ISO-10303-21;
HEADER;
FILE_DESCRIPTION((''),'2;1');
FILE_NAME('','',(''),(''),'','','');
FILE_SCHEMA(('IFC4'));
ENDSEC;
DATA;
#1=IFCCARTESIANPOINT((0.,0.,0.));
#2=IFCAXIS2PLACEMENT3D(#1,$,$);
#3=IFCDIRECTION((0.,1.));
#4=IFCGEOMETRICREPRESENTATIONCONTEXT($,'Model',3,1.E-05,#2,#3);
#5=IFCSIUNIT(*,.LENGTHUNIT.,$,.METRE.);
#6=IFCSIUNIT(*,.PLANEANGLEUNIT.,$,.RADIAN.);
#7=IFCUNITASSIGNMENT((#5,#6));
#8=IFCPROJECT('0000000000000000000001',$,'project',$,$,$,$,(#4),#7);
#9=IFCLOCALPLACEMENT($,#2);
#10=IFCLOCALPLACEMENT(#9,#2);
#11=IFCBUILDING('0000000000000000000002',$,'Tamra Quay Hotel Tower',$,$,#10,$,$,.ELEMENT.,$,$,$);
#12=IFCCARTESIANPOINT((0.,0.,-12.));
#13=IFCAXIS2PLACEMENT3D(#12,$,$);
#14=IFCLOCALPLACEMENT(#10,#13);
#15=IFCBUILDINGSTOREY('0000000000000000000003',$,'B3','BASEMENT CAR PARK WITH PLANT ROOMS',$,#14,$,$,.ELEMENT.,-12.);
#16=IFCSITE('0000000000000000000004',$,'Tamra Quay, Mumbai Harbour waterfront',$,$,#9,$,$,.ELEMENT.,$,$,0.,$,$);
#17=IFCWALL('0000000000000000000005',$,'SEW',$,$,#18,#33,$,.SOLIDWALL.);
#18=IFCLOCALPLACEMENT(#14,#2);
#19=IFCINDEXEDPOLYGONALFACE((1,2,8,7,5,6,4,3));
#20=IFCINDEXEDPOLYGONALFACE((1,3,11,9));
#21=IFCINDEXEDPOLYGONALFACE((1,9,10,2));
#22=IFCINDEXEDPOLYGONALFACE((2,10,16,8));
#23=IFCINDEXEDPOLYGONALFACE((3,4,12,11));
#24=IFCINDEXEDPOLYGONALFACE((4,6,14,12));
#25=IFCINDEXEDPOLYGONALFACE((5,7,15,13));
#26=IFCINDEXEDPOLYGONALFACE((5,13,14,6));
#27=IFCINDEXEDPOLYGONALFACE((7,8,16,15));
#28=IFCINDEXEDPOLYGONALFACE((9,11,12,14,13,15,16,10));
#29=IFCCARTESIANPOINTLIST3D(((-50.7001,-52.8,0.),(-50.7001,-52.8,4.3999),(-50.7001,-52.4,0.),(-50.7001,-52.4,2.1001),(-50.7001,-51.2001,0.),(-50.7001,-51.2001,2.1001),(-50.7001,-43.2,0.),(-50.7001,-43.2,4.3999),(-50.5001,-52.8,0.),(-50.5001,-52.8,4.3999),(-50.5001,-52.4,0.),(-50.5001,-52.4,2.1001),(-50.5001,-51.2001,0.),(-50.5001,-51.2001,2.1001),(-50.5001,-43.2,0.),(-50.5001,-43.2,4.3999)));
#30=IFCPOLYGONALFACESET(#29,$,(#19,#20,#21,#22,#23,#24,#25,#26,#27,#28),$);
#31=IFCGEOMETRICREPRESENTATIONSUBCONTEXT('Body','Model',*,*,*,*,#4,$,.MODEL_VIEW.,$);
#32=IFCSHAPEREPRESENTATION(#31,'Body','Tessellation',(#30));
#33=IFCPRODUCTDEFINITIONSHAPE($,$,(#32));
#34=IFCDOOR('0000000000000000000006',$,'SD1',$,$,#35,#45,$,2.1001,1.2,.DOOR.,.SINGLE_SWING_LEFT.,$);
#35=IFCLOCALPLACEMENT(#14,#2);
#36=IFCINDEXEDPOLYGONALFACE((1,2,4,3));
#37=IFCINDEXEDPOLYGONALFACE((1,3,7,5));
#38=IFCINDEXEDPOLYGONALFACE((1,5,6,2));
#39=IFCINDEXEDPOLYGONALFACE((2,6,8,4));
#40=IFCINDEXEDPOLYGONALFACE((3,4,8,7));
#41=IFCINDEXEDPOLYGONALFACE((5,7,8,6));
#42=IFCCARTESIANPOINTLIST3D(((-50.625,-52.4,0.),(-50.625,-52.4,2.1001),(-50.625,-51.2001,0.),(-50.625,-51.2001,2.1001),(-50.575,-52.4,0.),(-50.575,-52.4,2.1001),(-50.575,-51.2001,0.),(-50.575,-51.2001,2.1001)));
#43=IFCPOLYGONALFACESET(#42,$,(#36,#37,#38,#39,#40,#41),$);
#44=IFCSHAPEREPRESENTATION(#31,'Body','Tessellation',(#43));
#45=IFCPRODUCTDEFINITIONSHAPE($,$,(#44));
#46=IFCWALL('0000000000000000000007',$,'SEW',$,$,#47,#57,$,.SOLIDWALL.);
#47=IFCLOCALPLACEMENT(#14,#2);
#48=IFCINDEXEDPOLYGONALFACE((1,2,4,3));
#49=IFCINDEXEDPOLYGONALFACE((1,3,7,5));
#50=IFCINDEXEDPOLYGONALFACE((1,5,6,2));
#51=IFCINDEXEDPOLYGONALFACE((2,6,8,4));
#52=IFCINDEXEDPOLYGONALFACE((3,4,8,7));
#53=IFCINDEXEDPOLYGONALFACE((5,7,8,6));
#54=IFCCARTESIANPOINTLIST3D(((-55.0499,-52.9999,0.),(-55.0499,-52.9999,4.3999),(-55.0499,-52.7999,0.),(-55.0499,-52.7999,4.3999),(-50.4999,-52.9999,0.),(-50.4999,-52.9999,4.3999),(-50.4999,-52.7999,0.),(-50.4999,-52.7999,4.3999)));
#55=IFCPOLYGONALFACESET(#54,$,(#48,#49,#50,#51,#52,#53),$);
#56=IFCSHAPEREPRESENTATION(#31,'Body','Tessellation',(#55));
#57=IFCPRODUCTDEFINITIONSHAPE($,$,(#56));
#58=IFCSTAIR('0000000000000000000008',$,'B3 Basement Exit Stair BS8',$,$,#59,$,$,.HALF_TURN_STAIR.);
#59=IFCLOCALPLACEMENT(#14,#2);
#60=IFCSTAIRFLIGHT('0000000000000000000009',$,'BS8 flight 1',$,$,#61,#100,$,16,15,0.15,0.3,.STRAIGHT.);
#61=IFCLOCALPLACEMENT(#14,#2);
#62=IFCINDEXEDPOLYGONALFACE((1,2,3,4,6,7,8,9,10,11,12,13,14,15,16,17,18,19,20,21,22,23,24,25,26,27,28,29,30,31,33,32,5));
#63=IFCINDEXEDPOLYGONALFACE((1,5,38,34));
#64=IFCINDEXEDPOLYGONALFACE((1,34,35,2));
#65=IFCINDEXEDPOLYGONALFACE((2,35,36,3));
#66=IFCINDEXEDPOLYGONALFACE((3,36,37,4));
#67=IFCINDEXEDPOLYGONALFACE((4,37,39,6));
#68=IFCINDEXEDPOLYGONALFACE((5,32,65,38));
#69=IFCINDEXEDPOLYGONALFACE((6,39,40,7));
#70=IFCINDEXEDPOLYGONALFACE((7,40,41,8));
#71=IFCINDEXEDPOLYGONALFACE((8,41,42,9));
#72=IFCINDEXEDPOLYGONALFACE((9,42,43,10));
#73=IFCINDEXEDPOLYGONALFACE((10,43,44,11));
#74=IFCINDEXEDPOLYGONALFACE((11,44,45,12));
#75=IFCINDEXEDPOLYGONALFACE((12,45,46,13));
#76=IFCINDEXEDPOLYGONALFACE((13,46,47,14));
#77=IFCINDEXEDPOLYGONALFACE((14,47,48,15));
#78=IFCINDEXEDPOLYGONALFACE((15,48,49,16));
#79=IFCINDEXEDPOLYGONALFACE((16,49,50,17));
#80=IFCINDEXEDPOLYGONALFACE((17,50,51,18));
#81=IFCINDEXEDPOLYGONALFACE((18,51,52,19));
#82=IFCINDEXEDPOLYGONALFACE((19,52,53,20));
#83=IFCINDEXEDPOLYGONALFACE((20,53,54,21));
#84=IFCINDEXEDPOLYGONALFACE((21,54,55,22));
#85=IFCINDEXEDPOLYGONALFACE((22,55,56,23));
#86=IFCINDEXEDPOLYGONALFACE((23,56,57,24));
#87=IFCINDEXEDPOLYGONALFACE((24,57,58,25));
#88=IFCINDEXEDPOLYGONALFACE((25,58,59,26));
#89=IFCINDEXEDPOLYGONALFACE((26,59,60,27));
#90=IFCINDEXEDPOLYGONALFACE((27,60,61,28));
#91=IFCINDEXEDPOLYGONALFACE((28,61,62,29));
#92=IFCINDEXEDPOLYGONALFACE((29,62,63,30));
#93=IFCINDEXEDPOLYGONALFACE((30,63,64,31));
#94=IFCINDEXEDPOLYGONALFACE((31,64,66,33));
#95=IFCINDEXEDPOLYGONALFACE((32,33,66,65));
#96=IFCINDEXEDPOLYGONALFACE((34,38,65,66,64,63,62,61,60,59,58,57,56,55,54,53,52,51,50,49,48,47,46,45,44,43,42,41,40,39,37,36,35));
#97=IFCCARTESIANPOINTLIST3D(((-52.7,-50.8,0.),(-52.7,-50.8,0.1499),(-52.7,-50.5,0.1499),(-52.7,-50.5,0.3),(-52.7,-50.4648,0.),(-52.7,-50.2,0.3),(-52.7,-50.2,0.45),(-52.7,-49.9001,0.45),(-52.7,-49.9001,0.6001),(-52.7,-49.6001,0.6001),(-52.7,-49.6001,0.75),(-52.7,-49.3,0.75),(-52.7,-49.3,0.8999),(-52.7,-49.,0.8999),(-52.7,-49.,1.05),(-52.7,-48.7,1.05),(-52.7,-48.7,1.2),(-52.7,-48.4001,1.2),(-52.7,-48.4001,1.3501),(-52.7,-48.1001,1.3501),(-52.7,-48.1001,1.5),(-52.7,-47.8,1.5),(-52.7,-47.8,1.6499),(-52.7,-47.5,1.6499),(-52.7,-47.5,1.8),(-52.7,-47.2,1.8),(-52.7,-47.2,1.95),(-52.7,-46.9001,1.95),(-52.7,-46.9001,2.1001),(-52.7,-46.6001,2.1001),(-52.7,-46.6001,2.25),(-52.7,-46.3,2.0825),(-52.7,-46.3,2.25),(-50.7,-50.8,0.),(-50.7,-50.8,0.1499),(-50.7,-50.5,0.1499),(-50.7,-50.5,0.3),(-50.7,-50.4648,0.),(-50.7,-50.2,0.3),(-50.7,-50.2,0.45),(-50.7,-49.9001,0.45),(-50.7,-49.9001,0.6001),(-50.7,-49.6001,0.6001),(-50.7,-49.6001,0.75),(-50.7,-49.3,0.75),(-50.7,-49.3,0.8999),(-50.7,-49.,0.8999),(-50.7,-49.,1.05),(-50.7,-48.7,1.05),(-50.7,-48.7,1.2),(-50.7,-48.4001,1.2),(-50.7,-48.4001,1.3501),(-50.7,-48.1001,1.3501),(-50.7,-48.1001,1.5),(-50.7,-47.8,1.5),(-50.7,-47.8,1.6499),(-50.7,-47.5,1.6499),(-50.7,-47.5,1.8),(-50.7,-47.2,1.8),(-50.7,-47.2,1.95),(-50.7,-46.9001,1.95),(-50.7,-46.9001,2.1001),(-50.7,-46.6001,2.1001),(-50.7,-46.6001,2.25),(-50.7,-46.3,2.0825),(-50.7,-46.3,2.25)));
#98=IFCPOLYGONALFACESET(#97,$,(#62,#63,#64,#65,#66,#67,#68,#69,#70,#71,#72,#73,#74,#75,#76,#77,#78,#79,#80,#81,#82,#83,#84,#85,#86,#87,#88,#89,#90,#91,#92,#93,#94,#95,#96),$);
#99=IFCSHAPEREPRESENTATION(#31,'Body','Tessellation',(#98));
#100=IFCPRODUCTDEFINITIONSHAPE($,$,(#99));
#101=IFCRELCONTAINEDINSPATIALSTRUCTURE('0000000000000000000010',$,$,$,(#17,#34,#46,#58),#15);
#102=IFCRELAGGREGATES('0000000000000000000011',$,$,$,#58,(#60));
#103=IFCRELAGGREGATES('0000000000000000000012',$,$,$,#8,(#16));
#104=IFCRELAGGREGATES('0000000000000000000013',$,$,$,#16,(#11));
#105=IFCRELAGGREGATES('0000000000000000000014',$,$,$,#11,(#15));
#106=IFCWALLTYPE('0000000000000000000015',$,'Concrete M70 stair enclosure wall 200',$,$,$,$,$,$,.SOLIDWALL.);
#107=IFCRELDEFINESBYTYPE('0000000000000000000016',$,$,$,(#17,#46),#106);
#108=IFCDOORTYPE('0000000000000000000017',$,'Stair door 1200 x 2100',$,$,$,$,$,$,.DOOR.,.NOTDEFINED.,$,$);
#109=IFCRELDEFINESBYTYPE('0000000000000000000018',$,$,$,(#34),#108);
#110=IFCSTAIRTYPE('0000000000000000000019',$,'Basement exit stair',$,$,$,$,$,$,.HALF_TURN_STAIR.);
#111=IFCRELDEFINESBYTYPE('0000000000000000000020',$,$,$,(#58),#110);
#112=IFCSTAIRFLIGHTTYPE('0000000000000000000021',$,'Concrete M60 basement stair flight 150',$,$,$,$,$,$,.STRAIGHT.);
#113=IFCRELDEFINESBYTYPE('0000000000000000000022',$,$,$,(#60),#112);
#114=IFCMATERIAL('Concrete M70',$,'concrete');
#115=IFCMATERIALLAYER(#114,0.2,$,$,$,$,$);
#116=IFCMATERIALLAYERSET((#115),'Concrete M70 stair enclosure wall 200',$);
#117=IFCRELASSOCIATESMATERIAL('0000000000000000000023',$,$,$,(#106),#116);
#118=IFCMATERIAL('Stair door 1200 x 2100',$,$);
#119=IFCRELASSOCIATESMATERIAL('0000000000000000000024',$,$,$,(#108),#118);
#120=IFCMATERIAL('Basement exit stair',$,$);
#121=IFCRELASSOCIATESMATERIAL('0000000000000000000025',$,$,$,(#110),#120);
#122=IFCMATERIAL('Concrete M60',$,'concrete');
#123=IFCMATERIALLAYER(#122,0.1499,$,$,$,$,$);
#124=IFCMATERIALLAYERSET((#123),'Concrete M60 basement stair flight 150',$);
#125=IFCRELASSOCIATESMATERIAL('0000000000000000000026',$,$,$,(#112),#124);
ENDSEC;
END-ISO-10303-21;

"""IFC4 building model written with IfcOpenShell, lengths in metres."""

from ifc_helpers import new_model, si_unit, direction, frame, frame_2d, origin, place, context, subcontext, project, spatial, polyline, rectangle, outline, extrude, material, layer, layer_set, type_object, element, fill, aggregate, save


model = new_model("IFC4")

# Units and contexts
model_context = context("Model", 3, precision=1e-05, world=origin(), true_north=direction((0.0, 1.0)))
body_context = subcontext(model_context, "Body", "Model", "MODEL_VIEW")
ifc_project = project(units=[si_unit("LENGTHUNIT", "METRE"), si_unit("PLANEANGLEUNIT", "RADIAN")], contexts=[model_context])

# Site, building, storey
site_placement = place(None, origin())
site = spatial("IfcSite", under=ifc_project, at=site_placement, Name="Tamra Quay, Mumbai Harbour waterfront", CompositionType="ELEMENT", RefElevation=0.0)
building_placement = place(site_placement, origin())
building = spatial("IfcBuilding", under=site, at=building_placement, Name="Tamra Quay Hotel Tower", CompositionType="ELEMENT")
storey_placement = place(building_placement, frame((0.0, 0.0, -12.0)))
storey = spatial("IfcBuildingStorey", under=building, at=storey_placement, Name="B3", Description="BASEMENT CAR PARK WITH PLANT ROOMS", CompositionType="ELEMENT", Elevation=-12.0)

# Shared definitions
ifc_material_1 = material(Name="Concrete M70", Category="concrete")

# Shared definitions
ifc_layer_1 = layer(ifc_material_1, 0.2)
ifc_layer_set_1 = layer_set([ifc_layer_1], Name="Concrete M70 stair enclosure wall 200")
wall_type_1 = type_object("IfcWallType", Name="Concrete M70 stair enclosure wall 200", PredefinedType="SOLIDWALL", material=ifc_layer_set_1)

# Wall, opening, door
wall_1_placement = place(storey_placement, frame((-50.6001, -52.8, 0.0), z_axis=(0.0, 0.0, 1.0), x_axis=(0.0, 1.0, 0.0)))
wall_1 = element("IfcWall", 1, at=wall_1_placement, inside=storey, type_object=wall_type_1, Name="SEW", PredefinedType="SOLIDWALL", context=body_context, shape_type="SweptSolid", body=[
    extrude(rectangle(XDim=9.6001, YDim=0.2, at=frame_2d((4.8, 0.0))), origin(), (0.0, 0.0, 1.0), 4.3999),
])
opening_1_placement = place(wall_1_placement, frame((0.3999, 0.0, 0.0)))
opening_1 = element("IfcOpeningElement", 2, at=opening_1_placement, cuts=wall_1, PredefinedType="OPENING", context=body_context, shape_type="SweptSolid", body=[
    extrude(rectangle(XDim=1.2, YDim=2.1001, at=frame_2d((0.6001, 1.05))), frame((0.0, 0.1099, 0.0), z_axis=(0.0, -1.0, 0.0), x_axis=(1.0, 0.0, 0.0)), (0.0, 0.0, 1.0), 0.22),
])
ifc_material_2 = material(Name="Stair door 1200 x 2100")
door_type_1 = type_object("IfcDoorType", Name="Stair door 1200 x 2100", OperationType="NOTDEFINED", PredefinedType="DOOR", material=ifc_material_2)
door_1_placement = place(opening_1_placement, origin())
door_1 = element("IfcDoor", 3, at=door_1_placement, inside=storey, type_object=door_type_1, Name="SD1", OperationType="SINGLE_SWING_LEFT", OverallHeight=2.1001, OverallWidth=1.2, PredefinedType="DOOR", context=body_context, shape_type="SweptSolid", body=[
    extrude(rectangle(XDim=1.2, YDim=2.1001, at=frame_2d((0.6001, 1.05))), frame((0.0, 0.0249, 0.0), z_axis=(0.0, -1.0, 0.0), x_axis=(1.0, 0.0, 0.0)), (0.0, 0.0, 1.0), 0.05),
])
fill(opening_1, door_1)

# Wall
wall_2_placement = place(storey_placement, frame((-50.5, -52.8999, 0.0), z_axis=(0.0, 0.0, 1.0), x_axis=(-1.0, 0.0, 0.0)))
element("IfcWall", 4, at=wall_2_placement, inside=storey, type_object=wall_type_1, Name="SEW", PredefinedType="SOLIDWALL", context=body_context, shape_type="SweptSolid", body=[
    extrude(rectangle(XDim=4.55, YDim=0.2, at=frame_2d((2.2749, 0.0))), origin(), (0.0, 0.0, 1.0), 4.3999),
])

# Stair, stair flight
ifc_material_3 = material(Name="Basement exit stair")
stair_type = type_object("IfcStairType", Name="Basement exit stair", PredefinedType="HALF_TURN_STAIR", material=ifc_material_3)
stair_placement = place(storey_placement, origin())
stair = element("IfcStair", 5, at=stair_placement, inside=storey, type_object=stair_type, Name="B3 Basement Exit Stair BS8", PredefinedType="HALF_TURN_STAIR")
ifc_material_4 = material(Name="Concrete M60", Category="concrete")
ifc_layer_2 = layer(ifc_material_4, 0.1499)
ifc_layer_set_2 = layer_set([ifc_layer_2], Name="Concrete M60 basement stair flight 150")
stair_flight_type = type_object("IfcStairFlightType", Name="Concrete M60 basement stair flight 150", PredefinedType="STRAIGHT", material=ifc_layer_set_2)
stair_flight_placement = place(storey_placement, frame((-51.7, -50.8, 0.0), z_axis=(0.0, 0.0, 1.0), x_axis=(0.0, 1.0, 0.0)))
stair_flight = element("IfcStairFlight", 6, at=stair_flight_placement, type_object=stair_flight_type, Name="BS8 flight 1", NumberOfRisers=16, NumberOfTreads=15, PredefinedType="STRAIGHT", RiserHeight=0.15, TreadLength=0.3, context=body_context, shape_type="SweptSolid", body=[
    extrude(outline(polyline([(0.0, 0.0), (0.0, 0.1499), (0.3, 0.1499), (0.3, 0.3), (0.6001, 0.3), (0.6001, 0.45), (0.8999, 0.45), (0.8999, 0.6001), (1.2, 0.6001), (1.2, 0.75), (1.5, 0.75), (1.5, 0.8999), (1.8, 0.8999), (1.8, 1.05), (2.1001, 1.05), (2.1001, 1.2), (2.3999, 1.2), (2.3999, 1.3501), (2.7, 1.3501), (2.7, 1.5), (3.0, 1.5), (3.0, 1.6499), (3.3, 1.6499), (3.3, 1.8), (3.6001, 1.8), (3.6001, 1.95), (3.8999, 1.95), (3.8999, 2.1001), (4.2, 2.1001), (4.2, 2.25), (4.5, 2.25), (4.5, 2.3999), (4.5, 2.0825), (0.3352, 0.0), (0.0, 0.0)])), frame((0.0, 1.0, 0.0), z_axis=(0.0, -1.0, 0.0), x_axis=(1.0, 0.0, 0.0)), (0.0, 0.0, 1.0), 2.0),
])
aggregate(stair, [stair_flight])

save(model, "model.ifc")
